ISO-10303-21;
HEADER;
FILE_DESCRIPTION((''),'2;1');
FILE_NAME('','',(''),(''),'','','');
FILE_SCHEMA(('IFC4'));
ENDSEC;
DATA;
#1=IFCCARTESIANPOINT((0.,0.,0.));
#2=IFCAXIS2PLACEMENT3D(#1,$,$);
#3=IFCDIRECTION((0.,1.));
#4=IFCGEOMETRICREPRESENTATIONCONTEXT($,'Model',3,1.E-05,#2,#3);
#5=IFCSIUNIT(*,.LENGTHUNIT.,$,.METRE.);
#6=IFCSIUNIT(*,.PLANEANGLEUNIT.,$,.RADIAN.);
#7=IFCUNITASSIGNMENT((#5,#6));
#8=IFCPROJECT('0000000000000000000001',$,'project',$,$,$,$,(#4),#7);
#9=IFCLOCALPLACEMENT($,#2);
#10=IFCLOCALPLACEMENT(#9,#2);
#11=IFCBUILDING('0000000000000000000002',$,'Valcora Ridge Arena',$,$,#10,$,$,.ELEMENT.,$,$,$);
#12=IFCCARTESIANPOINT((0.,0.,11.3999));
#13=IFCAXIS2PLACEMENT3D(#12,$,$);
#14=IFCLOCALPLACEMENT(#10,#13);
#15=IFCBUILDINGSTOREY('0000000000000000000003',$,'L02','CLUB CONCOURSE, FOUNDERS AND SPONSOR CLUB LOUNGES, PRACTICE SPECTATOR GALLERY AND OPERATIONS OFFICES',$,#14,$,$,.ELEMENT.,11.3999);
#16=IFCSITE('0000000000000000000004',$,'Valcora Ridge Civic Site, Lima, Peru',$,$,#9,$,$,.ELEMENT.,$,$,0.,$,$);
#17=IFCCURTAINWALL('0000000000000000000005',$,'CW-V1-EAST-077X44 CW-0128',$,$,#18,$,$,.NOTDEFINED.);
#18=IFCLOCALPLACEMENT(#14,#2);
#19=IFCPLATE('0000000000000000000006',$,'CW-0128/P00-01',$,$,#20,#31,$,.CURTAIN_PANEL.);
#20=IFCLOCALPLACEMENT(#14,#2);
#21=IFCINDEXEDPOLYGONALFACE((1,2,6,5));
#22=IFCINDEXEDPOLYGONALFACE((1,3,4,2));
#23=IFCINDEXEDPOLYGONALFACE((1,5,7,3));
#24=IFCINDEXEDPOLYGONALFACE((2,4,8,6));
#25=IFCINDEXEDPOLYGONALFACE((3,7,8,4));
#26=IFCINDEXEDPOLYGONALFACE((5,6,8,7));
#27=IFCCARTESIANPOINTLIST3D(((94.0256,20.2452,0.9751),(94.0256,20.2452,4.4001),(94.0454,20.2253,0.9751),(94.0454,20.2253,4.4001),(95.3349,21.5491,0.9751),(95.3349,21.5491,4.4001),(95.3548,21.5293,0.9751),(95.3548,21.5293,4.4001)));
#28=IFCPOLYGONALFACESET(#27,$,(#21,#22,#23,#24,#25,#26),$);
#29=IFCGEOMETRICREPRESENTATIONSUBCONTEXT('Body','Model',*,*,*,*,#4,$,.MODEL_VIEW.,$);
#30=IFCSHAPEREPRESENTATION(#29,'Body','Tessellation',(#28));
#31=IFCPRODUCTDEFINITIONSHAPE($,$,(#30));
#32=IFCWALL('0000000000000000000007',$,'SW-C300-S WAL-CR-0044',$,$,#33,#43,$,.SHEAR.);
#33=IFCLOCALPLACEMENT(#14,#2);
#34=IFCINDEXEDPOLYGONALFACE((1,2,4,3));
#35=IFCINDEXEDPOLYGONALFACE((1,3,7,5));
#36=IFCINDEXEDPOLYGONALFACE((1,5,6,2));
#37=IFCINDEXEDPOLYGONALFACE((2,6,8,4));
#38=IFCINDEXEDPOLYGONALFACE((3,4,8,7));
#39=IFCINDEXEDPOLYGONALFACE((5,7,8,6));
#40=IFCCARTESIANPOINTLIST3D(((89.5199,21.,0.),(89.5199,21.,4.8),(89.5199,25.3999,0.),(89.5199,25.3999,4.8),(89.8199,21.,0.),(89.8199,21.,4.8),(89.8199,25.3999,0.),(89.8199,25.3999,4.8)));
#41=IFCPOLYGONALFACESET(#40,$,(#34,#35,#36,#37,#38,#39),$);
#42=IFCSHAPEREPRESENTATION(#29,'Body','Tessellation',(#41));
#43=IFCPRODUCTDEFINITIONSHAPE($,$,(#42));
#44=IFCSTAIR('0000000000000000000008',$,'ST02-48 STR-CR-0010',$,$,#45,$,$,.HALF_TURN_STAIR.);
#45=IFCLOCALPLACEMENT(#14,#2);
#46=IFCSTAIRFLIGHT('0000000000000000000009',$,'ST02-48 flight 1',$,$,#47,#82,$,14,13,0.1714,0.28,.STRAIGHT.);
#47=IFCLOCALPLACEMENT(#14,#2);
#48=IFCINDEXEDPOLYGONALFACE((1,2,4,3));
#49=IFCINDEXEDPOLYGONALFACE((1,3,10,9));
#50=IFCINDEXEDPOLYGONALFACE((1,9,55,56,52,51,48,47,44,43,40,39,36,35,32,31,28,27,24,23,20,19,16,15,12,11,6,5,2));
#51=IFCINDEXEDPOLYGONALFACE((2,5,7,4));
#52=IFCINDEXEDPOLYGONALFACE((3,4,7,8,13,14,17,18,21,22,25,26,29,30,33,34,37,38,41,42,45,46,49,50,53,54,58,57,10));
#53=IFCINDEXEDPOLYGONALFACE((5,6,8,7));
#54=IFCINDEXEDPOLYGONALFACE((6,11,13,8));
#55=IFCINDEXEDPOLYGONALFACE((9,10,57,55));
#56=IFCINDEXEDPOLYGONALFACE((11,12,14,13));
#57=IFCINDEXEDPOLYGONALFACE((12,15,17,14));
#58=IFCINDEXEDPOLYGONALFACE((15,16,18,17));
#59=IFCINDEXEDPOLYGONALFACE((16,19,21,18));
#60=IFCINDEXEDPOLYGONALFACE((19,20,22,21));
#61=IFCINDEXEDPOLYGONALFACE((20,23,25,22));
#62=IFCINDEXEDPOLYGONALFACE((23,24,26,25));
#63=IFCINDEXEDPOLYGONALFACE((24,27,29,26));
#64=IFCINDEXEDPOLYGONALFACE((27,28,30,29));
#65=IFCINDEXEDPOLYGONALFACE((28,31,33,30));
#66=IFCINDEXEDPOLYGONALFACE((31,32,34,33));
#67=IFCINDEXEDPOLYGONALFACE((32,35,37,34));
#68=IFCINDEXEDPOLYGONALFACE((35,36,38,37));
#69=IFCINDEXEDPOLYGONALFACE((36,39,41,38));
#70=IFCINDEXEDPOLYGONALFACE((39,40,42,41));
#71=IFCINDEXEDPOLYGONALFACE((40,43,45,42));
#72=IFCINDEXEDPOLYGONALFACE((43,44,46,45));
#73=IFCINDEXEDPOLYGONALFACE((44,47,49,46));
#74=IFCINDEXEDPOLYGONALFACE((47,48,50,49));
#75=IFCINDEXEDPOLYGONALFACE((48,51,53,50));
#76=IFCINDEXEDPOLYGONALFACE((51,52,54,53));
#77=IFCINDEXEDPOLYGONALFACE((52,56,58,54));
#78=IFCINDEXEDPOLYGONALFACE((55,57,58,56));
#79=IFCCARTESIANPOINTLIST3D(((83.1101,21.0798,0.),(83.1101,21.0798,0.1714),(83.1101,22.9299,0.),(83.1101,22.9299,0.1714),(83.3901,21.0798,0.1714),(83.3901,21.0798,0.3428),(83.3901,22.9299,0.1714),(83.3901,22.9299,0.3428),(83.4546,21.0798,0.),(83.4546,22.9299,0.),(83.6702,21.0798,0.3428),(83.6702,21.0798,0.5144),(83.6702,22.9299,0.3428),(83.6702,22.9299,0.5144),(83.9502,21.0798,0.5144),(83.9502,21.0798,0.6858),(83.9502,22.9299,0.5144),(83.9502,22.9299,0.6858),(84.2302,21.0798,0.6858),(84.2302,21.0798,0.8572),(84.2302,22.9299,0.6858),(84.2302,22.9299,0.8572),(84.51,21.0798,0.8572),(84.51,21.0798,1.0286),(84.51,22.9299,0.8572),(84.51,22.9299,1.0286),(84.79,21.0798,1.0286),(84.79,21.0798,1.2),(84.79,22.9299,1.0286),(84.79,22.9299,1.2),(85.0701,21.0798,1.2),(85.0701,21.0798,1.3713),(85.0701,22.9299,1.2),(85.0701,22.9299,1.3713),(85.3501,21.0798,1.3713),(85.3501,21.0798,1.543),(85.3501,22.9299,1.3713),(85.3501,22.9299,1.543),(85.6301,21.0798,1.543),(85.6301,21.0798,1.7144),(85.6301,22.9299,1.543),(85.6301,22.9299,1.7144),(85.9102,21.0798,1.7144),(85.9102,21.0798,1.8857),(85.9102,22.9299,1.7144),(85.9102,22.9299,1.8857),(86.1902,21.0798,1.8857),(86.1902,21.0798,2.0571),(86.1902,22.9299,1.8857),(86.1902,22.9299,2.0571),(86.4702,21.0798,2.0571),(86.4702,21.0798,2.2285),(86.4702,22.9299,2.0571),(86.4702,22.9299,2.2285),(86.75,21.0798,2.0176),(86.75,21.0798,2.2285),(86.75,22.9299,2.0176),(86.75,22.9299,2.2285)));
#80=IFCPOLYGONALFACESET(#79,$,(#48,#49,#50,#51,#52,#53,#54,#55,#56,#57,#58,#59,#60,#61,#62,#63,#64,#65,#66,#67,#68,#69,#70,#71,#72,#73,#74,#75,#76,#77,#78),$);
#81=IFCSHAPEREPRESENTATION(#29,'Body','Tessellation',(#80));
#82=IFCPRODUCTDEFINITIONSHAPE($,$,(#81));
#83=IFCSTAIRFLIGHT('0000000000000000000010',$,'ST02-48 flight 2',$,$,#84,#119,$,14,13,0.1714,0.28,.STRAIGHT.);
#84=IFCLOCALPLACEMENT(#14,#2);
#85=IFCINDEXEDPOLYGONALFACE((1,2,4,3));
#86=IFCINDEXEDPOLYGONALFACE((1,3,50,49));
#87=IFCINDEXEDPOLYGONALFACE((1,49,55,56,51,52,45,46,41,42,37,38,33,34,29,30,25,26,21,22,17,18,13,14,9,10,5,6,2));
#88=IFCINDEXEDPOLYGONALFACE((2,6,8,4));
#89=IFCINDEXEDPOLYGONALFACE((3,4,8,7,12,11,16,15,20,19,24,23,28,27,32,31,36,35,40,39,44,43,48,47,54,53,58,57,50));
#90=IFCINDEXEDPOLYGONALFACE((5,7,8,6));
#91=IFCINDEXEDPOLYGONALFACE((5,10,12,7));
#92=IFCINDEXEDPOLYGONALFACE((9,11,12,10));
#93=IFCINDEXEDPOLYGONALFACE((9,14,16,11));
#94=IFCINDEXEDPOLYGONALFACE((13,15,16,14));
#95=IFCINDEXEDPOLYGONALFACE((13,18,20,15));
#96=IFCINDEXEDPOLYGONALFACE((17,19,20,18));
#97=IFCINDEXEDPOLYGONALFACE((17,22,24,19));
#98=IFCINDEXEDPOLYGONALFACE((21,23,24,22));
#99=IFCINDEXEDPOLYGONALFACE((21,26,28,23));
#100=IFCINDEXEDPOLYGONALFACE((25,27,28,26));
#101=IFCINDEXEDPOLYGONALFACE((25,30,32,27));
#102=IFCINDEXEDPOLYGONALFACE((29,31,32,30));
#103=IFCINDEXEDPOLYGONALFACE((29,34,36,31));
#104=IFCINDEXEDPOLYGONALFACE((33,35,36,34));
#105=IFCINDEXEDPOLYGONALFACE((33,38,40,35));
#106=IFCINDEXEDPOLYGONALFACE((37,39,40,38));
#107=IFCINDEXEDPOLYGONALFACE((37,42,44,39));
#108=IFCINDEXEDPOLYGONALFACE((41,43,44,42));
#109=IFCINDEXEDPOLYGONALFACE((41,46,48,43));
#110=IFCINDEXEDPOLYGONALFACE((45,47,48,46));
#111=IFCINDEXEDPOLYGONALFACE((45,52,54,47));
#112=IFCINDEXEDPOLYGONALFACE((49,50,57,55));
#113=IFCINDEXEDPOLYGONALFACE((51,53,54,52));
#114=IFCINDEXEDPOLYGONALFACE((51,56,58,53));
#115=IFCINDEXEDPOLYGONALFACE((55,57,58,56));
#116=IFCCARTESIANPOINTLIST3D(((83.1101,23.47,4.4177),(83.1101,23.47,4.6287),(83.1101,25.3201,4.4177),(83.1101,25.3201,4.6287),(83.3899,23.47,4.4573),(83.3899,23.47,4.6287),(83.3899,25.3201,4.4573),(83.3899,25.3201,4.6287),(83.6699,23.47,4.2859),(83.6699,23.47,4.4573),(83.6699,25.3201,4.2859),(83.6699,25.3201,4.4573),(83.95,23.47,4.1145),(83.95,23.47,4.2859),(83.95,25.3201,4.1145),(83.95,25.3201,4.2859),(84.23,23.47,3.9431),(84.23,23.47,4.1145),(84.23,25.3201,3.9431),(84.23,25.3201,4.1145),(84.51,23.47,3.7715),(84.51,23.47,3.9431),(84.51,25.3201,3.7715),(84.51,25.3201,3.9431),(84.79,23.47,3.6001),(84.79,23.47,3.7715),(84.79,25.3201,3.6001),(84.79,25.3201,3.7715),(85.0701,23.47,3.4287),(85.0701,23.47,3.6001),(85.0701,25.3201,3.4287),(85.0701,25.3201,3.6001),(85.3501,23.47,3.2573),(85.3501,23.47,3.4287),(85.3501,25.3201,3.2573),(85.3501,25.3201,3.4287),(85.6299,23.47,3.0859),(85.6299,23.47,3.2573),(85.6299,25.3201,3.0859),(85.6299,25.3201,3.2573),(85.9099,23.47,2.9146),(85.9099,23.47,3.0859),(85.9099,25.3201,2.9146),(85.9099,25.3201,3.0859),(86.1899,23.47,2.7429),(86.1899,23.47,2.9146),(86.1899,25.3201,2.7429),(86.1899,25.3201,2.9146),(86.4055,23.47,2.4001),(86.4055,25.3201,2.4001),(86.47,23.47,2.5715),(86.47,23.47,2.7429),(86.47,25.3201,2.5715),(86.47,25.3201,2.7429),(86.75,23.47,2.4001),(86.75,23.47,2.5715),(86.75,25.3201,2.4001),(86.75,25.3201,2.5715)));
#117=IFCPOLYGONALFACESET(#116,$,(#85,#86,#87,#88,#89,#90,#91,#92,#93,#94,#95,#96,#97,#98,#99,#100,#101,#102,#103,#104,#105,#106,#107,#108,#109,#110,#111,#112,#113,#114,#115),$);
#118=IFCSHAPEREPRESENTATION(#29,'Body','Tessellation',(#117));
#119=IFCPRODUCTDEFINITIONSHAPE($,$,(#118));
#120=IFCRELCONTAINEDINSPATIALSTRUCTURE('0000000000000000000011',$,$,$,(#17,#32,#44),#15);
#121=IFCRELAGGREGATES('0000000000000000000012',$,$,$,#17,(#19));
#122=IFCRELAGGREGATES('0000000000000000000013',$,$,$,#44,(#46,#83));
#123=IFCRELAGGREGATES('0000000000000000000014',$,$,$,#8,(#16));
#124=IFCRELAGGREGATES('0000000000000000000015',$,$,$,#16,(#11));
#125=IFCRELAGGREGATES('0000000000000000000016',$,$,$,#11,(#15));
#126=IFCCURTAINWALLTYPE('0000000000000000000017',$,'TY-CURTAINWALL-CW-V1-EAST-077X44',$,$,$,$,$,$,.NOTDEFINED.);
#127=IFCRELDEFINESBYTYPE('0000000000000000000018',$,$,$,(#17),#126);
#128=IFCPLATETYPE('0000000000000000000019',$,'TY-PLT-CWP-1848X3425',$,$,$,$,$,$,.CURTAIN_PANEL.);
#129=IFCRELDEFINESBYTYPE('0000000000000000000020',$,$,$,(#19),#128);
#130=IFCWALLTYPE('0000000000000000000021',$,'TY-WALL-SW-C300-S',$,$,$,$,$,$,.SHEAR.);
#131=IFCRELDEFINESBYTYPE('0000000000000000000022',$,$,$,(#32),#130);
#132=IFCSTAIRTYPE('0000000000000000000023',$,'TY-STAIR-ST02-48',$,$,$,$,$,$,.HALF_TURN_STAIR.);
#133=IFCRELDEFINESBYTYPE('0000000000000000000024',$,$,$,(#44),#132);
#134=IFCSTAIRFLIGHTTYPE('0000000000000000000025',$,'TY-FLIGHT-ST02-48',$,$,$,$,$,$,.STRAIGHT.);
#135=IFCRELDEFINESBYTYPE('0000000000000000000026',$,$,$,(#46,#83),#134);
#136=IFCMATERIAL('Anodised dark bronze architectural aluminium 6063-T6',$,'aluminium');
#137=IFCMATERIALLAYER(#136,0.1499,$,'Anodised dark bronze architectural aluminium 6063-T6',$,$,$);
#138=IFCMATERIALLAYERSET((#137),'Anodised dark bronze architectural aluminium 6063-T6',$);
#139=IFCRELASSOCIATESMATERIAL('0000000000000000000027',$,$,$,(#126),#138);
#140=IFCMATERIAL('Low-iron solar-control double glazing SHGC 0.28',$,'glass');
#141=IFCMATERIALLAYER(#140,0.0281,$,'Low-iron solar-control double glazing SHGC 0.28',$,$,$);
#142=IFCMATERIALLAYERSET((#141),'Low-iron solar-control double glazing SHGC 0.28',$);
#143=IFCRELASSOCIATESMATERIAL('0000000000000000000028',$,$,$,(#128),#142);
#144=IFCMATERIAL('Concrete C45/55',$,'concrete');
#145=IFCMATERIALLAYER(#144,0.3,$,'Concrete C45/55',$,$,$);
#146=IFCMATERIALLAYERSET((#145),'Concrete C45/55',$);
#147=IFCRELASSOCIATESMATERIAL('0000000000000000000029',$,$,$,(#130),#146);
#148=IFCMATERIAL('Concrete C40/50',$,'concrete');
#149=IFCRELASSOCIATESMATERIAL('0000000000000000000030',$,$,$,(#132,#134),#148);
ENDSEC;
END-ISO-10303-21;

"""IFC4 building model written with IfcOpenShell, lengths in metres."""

from ifc_helpers import new_model, si_unit, direction, frame, frame_2d, origin, origin_2d, place, context, subcontext, project, spatial, polyline, rectangle, outline, extrude, material, layer, layer_set, type_object, element, aggregate, save


model = new_model("IFC4")

# Units and contexts
model_context = context("Model", 3, precision=1e-05, world=origin(), true_north=direction((0.0, 1.0)))
body_context = subcontext(model_context, "Body", "Model", "MODEL_VIEW")
ifc_project = project(units=[si_unit("LENGTHUNIT", "METRE"), si_unit("PLANEANGLEUNIT", "RADIAN")], contexts=[model_context])

# Site, building, storey
site_placement = place(None, origin())
site = spatial("IfcSite", under=ifc_project, at=site_placement, Name="Valcora Ridge Civic Site, Lima, Peru", CompositionType="ELEMENT", RefElevation=0.0)
building_placement = place(site_placement, origin())
building = spatial("IfcBuilding", under=site, at=building_placement, Name="Valcora Ridge Arena", CompositionType="ELEMENT")
storey_placement = place(building_placement, frame((0.0, 0.0, 11.3999)))
storey = spatial("IfcBuildingStorey", under=building, at=storey_placement, Name="L02", Description="CLUB CONCOURSE, FOUNDERS AND SPONSOR CLUB LOUNGES, PRACTICE SPECTATOR GALLERY AND OPERATIONS OFFICES", CompositionType="ELEMENT", Elevation=11.3999)

# Shared definitions
ifc_material_1 = material(Name="Concrete C40/50", Category="concrete")

# Curtain wall
ifc_material_2 = material(Name="Anodised dark bronze architectural aluminium 6063-T6", Category="aluminium")
ifc_layer_1 = layer(ifc_material_2, 0.1499, Name="Anodised dark bronze architectural aluminium 6063-T6")
ifc_layer_set_1 = layer_set([ifc_layer_1], Name="Anodised dark bronze architectural aluminium 6063-T6")
curtain_wall_type_1 = type_object("IfcCurtainWallType", Name="TY-CURTAINWALL-CW-V1-EAST-077X44", PredefinedType="NOTDEFINED", material=ifc_layer_set_1)
curtain_wall_1_placement = place(storey_placement, origin())
curtain_wall_1 = element("IfcCurtainWall", 1, at=curtain_wall_1_placement, inside=storey, type_object=curtain_wall_type_1, Name="CW-V1-EAST-077X44 CW-0128", PredefinedType="NOTDEFINED")

# Plate
ifc_material_3 = material(Name="Low-iron solar-control double glazing SHGC 0.28", Category="glass")
ifc_layer_2 = layer(ifc_material_3, 0.0281, Name="Low-iron solar-control double glazing SHGC 0.28")
ifc_layer_set_2 = layer_set([ifc_layer_2], Name="Low-iron solar-control double glazing SHGC 0.28")
plate_type_1 = type_object("IfcPlateType", Name="TY-PLT-CWP-1848X3425", PredefinedType="CURTAIN_PANEL", material=ifc_layer_set_2)
plate_1_placement = place(storey_placement, frame((94.6902, 20.8872, 0.9751), z_axis=(0.0, 0.0, 1.0), x_axis=(0.708555, 0.705655, 0.0)))
plate_1 = element("IfcPlate", 2, at=plate_1_placement, type_object=plate_type_1, Name="CW-0128/P00-01", PredefinedType="CURTAIN_PANEL", context=body_context, shape_type="SweptSolid", body=[
    extrude(rectangle(XDim=1.8479, YDim=0.0281, at=origin_2d()), origin(), (0.0, 0.0, 1.0), 3.425),
])
aggregate(curtain_wall_1, [plate_1])

# Wall
ifc_material_4 = material(Name="Concrete C45/55", Category="concrete")
ifc_layer_3 = layer(ifc_material_4, 0.3, Name="Concrete C45/55")
ifc_layer_set_3 = layer_set([ifc_layer_3], Name="Concrete C45/55")
wall_type = type_object("IfcWallType", Name="TY-WALL-SW-C300-S", PredefinedType="SHEAR", material=ifc_layer_set_3)
wall_placement = place(storey_placement, frame((89.6699, 21.0, 0.0), z_axis=(0.0, 0.0, 1.0), x_axis=(0.0, 1.0, 0.0)))
element("IfcWall", 3, at=wall_placement, inside=storey, type_object=wall_type, Name="SW-C300-S WAL-CR-0044", PredefinedType="SHEAR", context=body_context, shape_type="SweptSolid", body=[
    extrude(rectangle(XDim=4.3999, YDim=0.3, at=frame_2d((2.2, 0.0))), origin(), (0.0, 0.0, 1.0), 4.8),
])

# Stair, stair flights
stair_type = type_object("IfcStairType", Name="TY-STAIR-ST02-48", PredefinedType="HALF_TURN_STAIR", material=ifc_material_1)
stair_placement = place(storey_placement, origin())
stair = element("IfcStair", 4, at=stair_placement, inside=storey, type_object=stair_type, Name="ST02-48 STR-CR-0010", PredefinedType="HALF_TURN_STAIR")
stair_flight_type = type_object("IfcStairFlightType", Name="TY-FLIGHT-ST02-48", PredefinedType="STRAIGHT", material=ifc_material_1)
stair_flight_1_placement = place(storey_placement, frame((83.1101, 22.0049, 0.0), z_axis=(0.0, 0.0, 1.0), x_axis=(1.0, 0.0, 0.0)))
stair_flight_1 = element("IfcStairFlight", 5, at=stair_flight_1_placement, type_object=stair_flight_type, Name="ST02-48 flight 1", NumberOfRisers=14, NumberOfTreads=13, PredefinedType="STRAIGHT", RiserHeight=0.1714, TreadLength=0.28, context=body_context, shape_type="SweptSolid", body=[
    extrude(outline(polyline([(0.0, 0.0), (0.0, 0.1714), (0.28, 0.1714), (0.28, 0.3428), (0.5601, 0.3428), (0.5601, 0.5144), (0.8401, 0.5144), (0.8401, 0.6858), (1.1201, 0.6858), (1.1201, 0.8572), (1.3999, 0.8572), (1.3999, 1.0286), (1.6799, 1.0286), (1.6799, 1.2), (1.96, 1.2), (1.96, 1.3713), (2.24, 1.3713), (2.24, 1.543), (2.52, 1.543), (2.52, 1.7144), (2.8, 1.7144), (2.8, 1.8857), (3.0801, 1.8857), (3.0801, 2.0571), (3.3601, 2.0571), (3.3601, 2.2285), (3.6399, 2.2285), (3.6399, 2.3999), (3.6399, 2.0176), (0.3445, 0.0), (0.0, 0.0)])), frame((0.0, 0.925, 0.0), z_axis=(0.0, -1.0, 0.0), x_axis=(1.0, 0.0, 0.0)), (0.0, 0.0, 1.0), 1.8501),
])
stair_flight_2_placement = place(storey_placement, frame((86.75, 24.395, 2.4001), z_axis=(0.0, 0.0, 1.0), x_axis=(-1.0, 0.0, 0.0)))
stair_flight_2 = element("IfcStairFlight", 6, at=stair_flight_2_placement, type_object=stair_flight_type, Name="ST02-48 flight 2", NumberOfRisers=14, NumberOfTreads=13, PredefinedType="STRAIGHT", RiserHeight=0.1714, TreadLength=0.28, context=body_context, shape_type="SweptSolid", body=[
    extrude(outline(polyline([(0.0, 0.0), (0.0, 0.1714), (0.28, 0.1714), (0.28, 0.3428), (0.5601, 0.3428), (0.5601, 0.5144), (0.8401, 0.5144), (0.8401, 0.6858), (1.1201, 0.6858), (1.1201, 0.8572), (1.3999, 0.8572), (1.3999, 1.0286), (1.6799, 1.0286), (1.6799, 1.2), (1.96, 1.2), (1.96, 1.3713), (2.24, 1.3713), (2.24, 1.543), (2.52, 1.543), (2.52, 1.7144), (2.8, 1.7144), (2.8, 1.8857), (3.0801, 1.8857), (3.0801, 2.0571), (3.3601, 2.0571), (3.3601, 2.2285), (3.6399, 2.2285), (3.6399, 2.3999), (3.6399, 2.0176), (0.3445, 0.0), (0.0, 0.0)])), frame((0.0, 0.925, 0.0), z_axis=(0.0, -1.0, 0.0), x_axis=(1.0, 0.0, 0.0)), (0.0, 0.0, 1.0), 1.8501),
])
aggregate(stair, [stair_flight_1, stair_flight_2])

save(model, "model.ifc")
